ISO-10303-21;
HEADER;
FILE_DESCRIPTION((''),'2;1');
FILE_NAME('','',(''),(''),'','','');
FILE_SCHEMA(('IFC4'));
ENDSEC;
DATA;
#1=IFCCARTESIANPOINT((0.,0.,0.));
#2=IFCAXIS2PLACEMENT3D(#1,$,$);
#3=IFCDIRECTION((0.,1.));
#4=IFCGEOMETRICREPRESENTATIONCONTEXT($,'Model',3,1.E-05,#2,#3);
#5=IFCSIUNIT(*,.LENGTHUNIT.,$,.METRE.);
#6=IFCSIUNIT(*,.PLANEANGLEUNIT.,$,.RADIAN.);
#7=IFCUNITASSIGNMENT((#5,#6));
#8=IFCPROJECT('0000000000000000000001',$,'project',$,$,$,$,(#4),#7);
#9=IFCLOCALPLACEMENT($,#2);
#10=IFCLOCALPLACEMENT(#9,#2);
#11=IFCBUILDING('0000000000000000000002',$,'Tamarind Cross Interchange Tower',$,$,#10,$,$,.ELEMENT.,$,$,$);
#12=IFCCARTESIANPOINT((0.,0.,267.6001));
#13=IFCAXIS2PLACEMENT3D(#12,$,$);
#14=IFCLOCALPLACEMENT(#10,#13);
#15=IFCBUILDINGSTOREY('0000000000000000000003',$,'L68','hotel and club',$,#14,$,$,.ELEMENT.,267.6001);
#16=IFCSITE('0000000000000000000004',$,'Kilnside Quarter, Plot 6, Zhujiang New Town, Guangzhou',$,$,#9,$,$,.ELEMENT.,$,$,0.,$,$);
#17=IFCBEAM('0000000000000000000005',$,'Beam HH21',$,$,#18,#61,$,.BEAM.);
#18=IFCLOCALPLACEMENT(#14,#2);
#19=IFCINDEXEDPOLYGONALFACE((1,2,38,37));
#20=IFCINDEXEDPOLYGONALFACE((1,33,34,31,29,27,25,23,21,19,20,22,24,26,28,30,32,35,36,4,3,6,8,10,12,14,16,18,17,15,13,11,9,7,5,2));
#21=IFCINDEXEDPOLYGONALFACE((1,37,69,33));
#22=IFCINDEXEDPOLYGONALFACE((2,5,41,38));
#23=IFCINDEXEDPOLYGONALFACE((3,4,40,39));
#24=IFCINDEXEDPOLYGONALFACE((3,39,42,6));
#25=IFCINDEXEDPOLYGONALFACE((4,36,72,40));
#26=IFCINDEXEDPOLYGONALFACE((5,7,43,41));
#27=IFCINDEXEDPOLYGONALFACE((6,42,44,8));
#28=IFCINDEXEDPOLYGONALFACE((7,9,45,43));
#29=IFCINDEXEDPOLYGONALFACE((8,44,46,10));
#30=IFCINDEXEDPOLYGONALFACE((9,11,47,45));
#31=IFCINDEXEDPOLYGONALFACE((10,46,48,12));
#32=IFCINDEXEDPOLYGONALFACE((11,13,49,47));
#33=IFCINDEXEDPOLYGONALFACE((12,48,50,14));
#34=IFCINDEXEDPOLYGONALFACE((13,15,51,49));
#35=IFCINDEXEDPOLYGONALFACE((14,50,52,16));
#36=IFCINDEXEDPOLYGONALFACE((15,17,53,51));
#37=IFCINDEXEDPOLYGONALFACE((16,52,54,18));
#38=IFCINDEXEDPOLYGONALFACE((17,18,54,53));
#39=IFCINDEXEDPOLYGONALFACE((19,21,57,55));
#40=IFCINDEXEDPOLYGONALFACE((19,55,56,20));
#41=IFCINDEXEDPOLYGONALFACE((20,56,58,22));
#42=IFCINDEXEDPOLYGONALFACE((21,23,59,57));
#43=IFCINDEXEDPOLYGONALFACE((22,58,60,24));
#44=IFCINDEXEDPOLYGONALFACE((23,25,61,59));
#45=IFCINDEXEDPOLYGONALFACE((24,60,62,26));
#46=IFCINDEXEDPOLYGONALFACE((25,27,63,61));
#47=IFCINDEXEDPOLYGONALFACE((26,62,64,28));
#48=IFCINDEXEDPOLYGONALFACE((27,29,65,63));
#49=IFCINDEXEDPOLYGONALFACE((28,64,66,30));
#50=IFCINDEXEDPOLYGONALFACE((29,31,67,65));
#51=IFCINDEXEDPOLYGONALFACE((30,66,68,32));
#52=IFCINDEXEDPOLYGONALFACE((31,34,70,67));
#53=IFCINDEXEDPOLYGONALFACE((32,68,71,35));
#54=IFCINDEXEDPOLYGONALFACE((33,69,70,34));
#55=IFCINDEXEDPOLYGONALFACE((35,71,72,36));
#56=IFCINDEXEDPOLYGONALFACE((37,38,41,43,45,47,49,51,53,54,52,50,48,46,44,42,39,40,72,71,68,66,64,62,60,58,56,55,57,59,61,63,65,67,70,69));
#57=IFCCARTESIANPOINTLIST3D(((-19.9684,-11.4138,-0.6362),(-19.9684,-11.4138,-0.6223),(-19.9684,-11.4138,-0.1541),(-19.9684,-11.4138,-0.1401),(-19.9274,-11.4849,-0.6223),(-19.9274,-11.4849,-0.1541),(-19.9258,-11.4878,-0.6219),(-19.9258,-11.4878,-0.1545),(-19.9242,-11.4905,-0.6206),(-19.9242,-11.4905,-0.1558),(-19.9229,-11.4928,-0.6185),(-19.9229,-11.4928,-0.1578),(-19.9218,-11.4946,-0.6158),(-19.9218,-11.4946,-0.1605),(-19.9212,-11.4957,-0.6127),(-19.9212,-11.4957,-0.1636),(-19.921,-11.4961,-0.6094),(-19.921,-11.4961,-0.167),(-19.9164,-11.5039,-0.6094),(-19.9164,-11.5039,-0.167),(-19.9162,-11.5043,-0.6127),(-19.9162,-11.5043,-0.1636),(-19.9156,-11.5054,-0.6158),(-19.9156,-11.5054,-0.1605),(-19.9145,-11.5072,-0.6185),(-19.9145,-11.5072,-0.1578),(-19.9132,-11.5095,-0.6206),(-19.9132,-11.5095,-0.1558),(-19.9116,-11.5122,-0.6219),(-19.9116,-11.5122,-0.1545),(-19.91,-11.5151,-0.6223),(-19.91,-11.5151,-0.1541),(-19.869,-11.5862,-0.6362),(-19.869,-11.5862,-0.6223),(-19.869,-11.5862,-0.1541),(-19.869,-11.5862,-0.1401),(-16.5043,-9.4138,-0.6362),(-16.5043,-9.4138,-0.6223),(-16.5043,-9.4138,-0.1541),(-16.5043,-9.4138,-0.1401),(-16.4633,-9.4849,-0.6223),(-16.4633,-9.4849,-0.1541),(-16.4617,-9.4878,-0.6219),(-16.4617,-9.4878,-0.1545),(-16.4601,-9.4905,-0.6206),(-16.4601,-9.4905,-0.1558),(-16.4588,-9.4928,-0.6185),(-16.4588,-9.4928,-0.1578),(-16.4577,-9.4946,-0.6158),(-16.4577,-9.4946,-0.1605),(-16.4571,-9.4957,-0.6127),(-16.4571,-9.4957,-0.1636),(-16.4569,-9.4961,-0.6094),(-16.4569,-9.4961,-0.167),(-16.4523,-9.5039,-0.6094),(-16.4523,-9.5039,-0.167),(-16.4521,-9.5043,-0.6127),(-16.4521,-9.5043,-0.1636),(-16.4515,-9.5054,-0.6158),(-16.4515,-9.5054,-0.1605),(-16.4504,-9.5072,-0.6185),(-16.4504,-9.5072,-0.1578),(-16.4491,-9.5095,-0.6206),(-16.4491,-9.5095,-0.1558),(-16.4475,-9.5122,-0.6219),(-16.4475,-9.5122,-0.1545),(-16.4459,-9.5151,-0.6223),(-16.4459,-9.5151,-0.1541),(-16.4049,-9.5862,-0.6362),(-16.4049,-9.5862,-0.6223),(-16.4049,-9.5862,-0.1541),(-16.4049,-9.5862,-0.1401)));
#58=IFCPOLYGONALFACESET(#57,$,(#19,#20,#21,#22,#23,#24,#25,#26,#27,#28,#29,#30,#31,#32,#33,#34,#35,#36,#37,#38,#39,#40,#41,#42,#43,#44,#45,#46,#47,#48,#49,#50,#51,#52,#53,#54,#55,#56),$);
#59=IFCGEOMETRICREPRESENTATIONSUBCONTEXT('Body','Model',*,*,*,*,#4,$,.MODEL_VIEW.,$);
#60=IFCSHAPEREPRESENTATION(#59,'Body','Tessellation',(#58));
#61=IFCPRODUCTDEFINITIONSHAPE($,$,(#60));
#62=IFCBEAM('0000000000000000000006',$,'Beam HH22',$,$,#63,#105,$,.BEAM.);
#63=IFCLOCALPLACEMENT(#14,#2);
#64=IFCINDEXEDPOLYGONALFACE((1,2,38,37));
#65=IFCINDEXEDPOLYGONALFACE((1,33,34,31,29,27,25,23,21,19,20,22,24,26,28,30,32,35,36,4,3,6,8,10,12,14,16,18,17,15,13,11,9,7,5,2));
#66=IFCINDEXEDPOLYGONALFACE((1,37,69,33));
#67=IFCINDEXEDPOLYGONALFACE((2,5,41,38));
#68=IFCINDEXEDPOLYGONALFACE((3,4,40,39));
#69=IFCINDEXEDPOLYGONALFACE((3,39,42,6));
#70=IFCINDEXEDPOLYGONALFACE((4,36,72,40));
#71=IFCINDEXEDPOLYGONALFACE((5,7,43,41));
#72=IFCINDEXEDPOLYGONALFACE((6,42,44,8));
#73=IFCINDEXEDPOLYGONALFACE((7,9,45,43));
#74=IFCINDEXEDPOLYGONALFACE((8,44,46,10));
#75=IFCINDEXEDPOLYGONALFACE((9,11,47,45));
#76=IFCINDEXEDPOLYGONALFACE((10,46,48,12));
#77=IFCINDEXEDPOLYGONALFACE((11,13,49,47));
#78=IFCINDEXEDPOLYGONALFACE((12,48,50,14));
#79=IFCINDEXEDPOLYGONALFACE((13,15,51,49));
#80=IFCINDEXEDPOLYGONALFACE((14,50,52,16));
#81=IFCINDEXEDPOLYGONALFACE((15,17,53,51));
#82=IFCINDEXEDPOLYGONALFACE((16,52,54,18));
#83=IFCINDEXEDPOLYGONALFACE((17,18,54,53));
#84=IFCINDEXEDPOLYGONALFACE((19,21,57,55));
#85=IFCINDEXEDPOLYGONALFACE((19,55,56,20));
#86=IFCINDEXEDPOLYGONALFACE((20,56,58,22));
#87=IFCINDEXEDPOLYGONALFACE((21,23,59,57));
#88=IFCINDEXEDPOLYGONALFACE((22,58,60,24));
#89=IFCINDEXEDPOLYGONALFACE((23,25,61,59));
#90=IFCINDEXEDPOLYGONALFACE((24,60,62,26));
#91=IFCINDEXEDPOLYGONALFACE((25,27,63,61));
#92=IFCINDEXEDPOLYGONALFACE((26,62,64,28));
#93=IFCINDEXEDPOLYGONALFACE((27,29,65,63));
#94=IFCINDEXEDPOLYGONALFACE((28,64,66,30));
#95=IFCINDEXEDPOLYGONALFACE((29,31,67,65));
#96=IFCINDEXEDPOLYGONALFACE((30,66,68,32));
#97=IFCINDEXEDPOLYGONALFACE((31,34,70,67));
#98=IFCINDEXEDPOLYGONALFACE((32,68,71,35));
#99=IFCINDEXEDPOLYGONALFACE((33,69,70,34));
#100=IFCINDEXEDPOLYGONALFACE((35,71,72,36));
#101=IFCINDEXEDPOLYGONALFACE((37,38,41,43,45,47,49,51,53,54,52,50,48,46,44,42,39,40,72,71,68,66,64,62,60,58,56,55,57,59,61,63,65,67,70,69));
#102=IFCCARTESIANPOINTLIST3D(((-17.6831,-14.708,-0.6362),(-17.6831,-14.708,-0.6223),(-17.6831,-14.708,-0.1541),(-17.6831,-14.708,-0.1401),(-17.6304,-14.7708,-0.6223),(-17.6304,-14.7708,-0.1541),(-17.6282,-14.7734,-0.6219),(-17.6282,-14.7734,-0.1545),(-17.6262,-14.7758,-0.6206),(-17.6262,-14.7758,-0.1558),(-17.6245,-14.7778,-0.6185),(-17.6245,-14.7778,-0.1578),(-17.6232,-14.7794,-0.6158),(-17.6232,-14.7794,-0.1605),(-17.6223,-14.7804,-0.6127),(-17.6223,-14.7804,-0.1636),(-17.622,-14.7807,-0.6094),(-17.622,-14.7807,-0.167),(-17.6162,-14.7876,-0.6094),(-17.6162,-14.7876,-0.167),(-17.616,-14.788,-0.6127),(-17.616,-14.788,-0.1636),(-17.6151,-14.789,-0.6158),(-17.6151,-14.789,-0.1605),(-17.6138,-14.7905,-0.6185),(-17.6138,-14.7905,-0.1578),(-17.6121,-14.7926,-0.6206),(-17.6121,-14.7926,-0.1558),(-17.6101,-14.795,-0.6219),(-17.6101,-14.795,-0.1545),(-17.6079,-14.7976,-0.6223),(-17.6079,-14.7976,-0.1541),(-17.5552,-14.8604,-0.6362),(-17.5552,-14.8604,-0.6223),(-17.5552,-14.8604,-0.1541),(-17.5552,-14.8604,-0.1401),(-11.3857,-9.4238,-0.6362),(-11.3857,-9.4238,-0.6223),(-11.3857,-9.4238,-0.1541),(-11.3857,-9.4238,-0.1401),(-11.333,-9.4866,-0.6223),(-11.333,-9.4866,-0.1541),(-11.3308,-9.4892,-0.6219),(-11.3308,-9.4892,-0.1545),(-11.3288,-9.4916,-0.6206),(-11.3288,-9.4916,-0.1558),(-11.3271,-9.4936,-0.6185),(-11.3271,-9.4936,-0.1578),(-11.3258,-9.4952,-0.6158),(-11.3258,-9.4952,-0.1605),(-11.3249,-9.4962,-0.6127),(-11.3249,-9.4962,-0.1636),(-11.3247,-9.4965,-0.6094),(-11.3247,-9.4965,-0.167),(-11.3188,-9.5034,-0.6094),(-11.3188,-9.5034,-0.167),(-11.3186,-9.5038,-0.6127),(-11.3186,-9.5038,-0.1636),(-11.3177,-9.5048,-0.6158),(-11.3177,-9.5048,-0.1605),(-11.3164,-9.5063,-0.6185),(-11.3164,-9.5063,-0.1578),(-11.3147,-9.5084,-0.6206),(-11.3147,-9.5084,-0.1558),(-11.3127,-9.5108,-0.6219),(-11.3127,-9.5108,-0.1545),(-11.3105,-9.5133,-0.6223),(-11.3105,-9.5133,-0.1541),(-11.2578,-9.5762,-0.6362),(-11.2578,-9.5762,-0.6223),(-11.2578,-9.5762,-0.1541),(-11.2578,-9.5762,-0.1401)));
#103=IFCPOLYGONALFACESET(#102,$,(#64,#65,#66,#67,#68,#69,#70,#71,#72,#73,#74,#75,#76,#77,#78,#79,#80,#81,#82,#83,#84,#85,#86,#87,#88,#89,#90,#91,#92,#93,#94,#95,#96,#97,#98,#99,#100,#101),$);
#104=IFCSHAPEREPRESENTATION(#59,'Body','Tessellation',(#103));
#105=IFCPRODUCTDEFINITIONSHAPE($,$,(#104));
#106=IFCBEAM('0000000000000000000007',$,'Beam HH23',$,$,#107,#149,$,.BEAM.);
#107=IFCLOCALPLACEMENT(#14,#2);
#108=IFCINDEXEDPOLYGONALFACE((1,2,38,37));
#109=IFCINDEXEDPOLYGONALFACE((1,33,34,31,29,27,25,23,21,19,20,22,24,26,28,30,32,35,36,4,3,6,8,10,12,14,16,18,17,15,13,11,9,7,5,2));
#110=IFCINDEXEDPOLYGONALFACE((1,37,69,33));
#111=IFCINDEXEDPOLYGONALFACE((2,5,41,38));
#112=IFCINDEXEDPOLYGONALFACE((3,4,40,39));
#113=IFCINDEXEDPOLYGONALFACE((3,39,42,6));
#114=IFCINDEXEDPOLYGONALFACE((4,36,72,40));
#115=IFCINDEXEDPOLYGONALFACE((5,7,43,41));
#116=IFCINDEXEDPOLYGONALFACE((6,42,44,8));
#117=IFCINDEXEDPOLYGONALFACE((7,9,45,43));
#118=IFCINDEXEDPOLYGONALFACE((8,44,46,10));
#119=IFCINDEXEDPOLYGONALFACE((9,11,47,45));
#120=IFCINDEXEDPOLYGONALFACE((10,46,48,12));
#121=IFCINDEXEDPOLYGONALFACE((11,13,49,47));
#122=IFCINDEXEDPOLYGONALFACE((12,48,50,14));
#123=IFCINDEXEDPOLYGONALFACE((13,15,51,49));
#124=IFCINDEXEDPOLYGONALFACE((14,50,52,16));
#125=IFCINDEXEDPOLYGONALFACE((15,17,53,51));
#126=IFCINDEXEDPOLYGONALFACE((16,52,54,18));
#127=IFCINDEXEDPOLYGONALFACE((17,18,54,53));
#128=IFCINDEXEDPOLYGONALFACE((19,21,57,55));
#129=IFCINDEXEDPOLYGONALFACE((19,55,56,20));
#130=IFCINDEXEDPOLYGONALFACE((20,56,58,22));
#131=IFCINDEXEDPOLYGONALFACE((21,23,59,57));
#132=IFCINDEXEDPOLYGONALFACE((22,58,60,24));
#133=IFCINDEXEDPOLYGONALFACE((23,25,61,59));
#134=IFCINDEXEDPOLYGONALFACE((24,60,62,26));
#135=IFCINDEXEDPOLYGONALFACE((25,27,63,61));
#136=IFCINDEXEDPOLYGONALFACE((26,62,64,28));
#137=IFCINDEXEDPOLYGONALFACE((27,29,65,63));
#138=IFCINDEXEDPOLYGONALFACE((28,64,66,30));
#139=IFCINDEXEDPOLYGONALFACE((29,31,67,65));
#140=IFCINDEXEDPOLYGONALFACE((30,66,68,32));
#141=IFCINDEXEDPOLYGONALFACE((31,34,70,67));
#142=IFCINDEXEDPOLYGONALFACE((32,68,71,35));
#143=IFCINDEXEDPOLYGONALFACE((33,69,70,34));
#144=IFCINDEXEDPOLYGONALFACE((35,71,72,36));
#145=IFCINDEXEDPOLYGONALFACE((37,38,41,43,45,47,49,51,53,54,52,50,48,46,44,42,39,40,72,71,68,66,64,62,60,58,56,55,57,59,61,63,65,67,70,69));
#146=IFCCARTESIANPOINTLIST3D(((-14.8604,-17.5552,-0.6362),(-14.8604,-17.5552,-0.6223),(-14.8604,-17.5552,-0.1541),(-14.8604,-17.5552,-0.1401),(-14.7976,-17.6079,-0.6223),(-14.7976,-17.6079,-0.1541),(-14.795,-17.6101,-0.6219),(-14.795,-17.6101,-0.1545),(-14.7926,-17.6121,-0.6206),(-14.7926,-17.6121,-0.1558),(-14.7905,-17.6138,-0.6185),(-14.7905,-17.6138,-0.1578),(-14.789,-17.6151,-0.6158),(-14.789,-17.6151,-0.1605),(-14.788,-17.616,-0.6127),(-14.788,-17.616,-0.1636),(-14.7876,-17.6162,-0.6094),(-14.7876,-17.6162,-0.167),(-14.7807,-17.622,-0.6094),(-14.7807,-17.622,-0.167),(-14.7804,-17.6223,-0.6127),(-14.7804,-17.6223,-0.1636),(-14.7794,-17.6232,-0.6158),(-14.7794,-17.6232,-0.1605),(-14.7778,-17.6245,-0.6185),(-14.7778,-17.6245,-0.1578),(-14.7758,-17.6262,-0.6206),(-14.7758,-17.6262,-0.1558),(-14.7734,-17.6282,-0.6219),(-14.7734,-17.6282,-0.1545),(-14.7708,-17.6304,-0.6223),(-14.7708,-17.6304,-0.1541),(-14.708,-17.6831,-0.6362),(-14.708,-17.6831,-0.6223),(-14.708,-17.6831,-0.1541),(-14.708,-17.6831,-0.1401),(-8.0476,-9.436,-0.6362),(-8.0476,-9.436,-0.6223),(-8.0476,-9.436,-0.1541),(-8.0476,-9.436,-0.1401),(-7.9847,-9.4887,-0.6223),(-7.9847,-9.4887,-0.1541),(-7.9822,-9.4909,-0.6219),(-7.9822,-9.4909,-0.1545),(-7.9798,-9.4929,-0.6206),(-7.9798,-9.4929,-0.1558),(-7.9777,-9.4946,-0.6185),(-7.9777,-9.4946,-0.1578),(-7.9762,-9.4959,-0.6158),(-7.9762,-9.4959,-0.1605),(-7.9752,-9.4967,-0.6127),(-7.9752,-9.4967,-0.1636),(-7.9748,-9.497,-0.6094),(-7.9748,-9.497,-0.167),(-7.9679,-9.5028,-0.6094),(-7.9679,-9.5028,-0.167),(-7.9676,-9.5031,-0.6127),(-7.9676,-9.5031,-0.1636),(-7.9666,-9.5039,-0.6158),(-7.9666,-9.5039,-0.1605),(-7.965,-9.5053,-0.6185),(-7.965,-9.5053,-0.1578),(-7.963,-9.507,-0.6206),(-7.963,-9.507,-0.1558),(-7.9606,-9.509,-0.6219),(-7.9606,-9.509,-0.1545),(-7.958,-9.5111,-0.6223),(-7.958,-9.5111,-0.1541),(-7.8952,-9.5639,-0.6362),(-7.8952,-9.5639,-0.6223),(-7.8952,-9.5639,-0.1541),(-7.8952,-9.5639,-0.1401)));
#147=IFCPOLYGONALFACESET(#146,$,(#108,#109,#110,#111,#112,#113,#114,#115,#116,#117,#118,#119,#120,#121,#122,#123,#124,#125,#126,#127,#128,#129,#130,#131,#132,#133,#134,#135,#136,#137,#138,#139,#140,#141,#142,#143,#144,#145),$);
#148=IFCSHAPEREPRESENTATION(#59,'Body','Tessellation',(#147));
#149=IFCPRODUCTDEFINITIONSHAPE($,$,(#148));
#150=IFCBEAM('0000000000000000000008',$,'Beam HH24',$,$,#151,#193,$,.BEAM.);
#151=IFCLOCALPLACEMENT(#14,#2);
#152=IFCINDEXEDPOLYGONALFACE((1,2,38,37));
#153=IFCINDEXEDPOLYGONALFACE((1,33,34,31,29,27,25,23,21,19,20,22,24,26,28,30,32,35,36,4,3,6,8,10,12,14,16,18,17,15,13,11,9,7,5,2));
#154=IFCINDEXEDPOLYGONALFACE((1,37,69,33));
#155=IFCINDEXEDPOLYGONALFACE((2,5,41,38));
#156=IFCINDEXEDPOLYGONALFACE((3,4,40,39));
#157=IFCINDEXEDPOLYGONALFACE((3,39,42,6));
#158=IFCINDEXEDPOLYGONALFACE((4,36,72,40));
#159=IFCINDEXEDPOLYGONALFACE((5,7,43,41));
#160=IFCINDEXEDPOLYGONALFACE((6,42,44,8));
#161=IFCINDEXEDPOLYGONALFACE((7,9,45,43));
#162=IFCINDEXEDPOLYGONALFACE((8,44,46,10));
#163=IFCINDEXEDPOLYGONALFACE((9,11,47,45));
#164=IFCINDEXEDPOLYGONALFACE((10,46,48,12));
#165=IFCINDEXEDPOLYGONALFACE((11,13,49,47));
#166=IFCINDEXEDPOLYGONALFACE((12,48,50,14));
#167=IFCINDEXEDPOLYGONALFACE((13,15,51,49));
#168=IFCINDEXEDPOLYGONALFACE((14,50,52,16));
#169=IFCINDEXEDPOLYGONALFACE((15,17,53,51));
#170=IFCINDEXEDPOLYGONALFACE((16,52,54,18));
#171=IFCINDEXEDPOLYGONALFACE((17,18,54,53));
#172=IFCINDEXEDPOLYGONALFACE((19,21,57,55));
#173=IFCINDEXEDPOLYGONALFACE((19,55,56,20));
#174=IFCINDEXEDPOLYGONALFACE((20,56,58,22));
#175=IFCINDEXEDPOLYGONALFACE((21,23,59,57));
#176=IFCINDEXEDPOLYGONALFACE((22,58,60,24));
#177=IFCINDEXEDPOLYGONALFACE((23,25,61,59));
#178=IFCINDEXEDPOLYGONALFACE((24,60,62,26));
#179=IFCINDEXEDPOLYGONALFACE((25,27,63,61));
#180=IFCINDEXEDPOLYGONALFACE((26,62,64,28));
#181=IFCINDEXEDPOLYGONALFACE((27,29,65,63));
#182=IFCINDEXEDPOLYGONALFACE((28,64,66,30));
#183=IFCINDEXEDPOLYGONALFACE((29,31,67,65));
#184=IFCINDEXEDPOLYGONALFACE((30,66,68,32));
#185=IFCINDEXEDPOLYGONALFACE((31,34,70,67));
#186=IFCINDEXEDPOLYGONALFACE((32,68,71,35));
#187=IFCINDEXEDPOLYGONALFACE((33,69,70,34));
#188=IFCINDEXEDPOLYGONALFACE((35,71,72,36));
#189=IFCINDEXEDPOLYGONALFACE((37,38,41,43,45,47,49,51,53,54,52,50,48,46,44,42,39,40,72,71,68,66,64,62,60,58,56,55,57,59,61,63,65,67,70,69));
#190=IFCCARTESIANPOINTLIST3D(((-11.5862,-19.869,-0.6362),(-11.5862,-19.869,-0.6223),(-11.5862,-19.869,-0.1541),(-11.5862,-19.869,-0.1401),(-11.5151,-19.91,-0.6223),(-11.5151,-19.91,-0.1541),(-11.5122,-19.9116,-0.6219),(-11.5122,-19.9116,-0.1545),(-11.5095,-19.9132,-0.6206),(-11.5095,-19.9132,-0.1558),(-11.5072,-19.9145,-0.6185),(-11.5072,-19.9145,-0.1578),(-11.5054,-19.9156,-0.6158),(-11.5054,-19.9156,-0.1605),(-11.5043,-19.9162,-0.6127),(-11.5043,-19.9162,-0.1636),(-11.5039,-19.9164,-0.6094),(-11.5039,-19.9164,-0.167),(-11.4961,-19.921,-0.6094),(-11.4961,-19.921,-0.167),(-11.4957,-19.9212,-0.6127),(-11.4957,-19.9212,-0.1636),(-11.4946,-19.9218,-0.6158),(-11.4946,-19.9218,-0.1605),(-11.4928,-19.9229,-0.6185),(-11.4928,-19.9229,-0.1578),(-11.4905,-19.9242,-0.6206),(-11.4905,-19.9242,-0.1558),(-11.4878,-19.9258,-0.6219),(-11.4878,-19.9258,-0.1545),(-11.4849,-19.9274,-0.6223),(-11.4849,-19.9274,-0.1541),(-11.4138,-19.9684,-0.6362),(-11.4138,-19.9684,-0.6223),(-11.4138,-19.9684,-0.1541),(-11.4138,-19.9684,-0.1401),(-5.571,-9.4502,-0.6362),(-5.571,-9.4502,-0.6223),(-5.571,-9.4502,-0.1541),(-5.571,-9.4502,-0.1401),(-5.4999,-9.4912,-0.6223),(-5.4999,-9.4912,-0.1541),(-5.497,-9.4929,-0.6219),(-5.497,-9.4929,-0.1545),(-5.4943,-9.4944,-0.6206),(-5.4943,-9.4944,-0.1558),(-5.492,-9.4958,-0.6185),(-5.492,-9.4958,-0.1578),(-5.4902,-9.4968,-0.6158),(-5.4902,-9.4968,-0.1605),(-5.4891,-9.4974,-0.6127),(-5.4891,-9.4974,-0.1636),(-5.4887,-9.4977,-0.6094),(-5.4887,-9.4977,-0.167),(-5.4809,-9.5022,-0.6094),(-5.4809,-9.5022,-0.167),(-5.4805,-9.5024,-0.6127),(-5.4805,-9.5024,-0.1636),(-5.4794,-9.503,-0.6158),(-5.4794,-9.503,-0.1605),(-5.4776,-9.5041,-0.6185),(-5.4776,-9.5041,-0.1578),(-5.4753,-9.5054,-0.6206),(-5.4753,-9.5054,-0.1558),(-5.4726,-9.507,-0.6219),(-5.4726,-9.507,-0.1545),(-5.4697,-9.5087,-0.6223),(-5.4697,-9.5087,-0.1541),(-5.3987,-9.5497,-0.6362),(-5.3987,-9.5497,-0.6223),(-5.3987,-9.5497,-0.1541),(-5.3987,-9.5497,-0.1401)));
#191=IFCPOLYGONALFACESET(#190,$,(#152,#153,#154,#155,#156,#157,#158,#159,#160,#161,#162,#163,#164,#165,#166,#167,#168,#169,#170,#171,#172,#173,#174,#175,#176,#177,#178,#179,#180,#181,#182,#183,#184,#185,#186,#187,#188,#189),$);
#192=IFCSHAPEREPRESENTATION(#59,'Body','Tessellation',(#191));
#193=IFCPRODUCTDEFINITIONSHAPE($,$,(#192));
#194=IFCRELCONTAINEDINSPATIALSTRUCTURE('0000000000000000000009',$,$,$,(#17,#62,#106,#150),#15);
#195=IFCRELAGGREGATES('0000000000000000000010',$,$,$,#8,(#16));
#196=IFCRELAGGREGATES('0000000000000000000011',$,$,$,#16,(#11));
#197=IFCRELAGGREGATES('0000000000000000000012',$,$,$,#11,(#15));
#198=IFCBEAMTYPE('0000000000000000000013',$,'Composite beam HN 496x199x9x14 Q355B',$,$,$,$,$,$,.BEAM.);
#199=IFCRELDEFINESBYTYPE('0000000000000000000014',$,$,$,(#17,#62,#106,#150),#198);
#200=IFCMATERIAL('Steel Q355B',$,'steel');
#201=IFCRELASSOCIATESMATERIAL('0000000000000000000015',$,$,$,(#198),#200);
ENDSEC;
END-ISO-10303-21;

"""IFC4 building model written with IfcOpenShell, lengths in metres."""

from ifc_helpers import new_model, si_unit, direction, frame, origin, origin_2d, place, context, subcontext, project, spatial, i_section, extrude, material, material_profile, profile_set, type_object, element, save


model = new_model("IFC4")

# Units and contexts
model_context = context("Model", 3, precision=1e-05, world=origin(), true_north=direction((0.0, 1.0)))
body_context = subcontext(model_context, "Body", "Model", "MODEL_VIEW")
ifc_project = project(units=[si_unit("LENGTHUNIT", "METRE"), si_unit("PLANEANGLEUNIT", "RADIAN")], contexts=[model_context])

# Site, building, storey
site_placement = place(None, origin())
site = spatial("IfcSite", under=ifc_project, at=site_placement, Name="Kilnside Quarter, Plot 6, Zhujiang New Town, Guangzhou", CompositionType="ELEMENT", RefElevation=0.0)
building_placement = place(site_placement, origin())
building = spatial("IfcBuilding", under=site, at=building_placement, Name="Tamarind Cross Interchange Tower", CompositionType="ELEMENT")
storey_placement = place(building_placement, frame((0.0, 0.0, 267.6001)))
storey = spatial("IfcBuildingStorey", under=building, at=storey_placement, Name="L68", Description="hotel and club", CompositionType="ELEMENT", Elevation=267.6001)

# Beams
ifc_material_1 = material(Name="Steel Q355B", Category="steel")
ifc_material_profile_1 = material_profile(ifc_material_1, i_section(OverallWidth=0.199, OverallDepth=0.4961, WebThickness=0.009, FlangeThickness=0.0139, FilletRadius=0.0129, at=origin_2d()), Name="HN 496x199x9x14")
ifc_profile_set_1 = profile_set([ifc_material_profile_1], Name="Steel Q355B")
beam_type = type_object("IfcBeamType", Name="Composite beam HN 496x199x9x14 Q355B", PredefinedType="BEAM", material=ifc_profile_set_1)
beam_1_placement = place(storey_placement, frame((-19.9187, -11.5, -0.3882), z_axis=(0.866026, 0.499999, 0.0), x_axis=(-0.499999, 0.866026, 0.0)))
element("IfcBeam", 1, at=beam_1_placement, inside=storey, type_object=beam_type, Name="Beam HH21", PredefinedType="BEAM", context=body_context, shape_type="SweptSolid", body=[
    extrude(i_section(OverallWidth=0.199, OverallDepth=0.4961, WebThickness=0.009, FlangeThickness=0.0139, FilletRadius=0.0129, at=origin_2d()), origin(), (0.0, 0.0, 1.0), 4.0),
])
beam_2_placement = place(storey_placement, frame((-17.6191, -14.7842, -0.3882), z_axis=(0.766041, 0.642792, 0.0), x_axis=(-0.642792, 0.766041, 0.0)))
element("IfcBeam", 2, at=beam_2_placement, inside=storey, type_object=beam_type, Name="Beam HH22", PredefinedType="BEAM", context=body_context, shape_type="SweptSolid", body=[
    extrude(i_section(OverallWidth=0.199, OverallDepth=0.4961, WebThickness=0.009, FlangeThickness=0.0139, FilletRadius=0.0129, at=origin_2d()), origin(), (0.0, 0.0, 1.0), 8.2207),
])
beam_3_placement = place(storey_placement, frame((-14.7842, -17.6191, -0.3882), z_axis=(0.642786, 0.766046, 0.0), x_axis=(-0.766046, 0.642786, 0.0)))
element("IfcBeam", 3, at=beam_3_placement, inside=storey, type_object=beam_type, Name="Beam HH23", PredefinedType="BEAM", context=body_context, shape_type="SweptSolid", body=[
    extrude(i_section(OverallWidth=0.199, OverallDepth=0.4961, WebThickness=0.009, FlangeThickness=0.0139, FilletRadius=0.0129, at=origin_2d()), origin(), (0.0, 0.0, 1.0), 10.5989),
])
beam_4_placement = place(storey_placement, frame((-11.5, -19.9187, -0.3882), z_axis=(0.499994, 0.866029, 0.0), x_axis=(-0.866029, 0.499994, 0.0)))
element("IfcBeam", 4, at=beam_4_placement, inside=storey, type_object=beam_type, Name="Beam HH24", PredefinedType="BEAM", context=body_context, shape_type="SweptSolid", body=[
    extrude(i_section(OverallWidth=0.199, OverallDepth=0.4961, WebThickness=0.009, FlangeThickness=0.0139, FilletRadius=0.0129, at=origin_2d()), origin(), (0.0, 0.0, 1.0), 12.0305),
])

save(model, "model.ifc")
